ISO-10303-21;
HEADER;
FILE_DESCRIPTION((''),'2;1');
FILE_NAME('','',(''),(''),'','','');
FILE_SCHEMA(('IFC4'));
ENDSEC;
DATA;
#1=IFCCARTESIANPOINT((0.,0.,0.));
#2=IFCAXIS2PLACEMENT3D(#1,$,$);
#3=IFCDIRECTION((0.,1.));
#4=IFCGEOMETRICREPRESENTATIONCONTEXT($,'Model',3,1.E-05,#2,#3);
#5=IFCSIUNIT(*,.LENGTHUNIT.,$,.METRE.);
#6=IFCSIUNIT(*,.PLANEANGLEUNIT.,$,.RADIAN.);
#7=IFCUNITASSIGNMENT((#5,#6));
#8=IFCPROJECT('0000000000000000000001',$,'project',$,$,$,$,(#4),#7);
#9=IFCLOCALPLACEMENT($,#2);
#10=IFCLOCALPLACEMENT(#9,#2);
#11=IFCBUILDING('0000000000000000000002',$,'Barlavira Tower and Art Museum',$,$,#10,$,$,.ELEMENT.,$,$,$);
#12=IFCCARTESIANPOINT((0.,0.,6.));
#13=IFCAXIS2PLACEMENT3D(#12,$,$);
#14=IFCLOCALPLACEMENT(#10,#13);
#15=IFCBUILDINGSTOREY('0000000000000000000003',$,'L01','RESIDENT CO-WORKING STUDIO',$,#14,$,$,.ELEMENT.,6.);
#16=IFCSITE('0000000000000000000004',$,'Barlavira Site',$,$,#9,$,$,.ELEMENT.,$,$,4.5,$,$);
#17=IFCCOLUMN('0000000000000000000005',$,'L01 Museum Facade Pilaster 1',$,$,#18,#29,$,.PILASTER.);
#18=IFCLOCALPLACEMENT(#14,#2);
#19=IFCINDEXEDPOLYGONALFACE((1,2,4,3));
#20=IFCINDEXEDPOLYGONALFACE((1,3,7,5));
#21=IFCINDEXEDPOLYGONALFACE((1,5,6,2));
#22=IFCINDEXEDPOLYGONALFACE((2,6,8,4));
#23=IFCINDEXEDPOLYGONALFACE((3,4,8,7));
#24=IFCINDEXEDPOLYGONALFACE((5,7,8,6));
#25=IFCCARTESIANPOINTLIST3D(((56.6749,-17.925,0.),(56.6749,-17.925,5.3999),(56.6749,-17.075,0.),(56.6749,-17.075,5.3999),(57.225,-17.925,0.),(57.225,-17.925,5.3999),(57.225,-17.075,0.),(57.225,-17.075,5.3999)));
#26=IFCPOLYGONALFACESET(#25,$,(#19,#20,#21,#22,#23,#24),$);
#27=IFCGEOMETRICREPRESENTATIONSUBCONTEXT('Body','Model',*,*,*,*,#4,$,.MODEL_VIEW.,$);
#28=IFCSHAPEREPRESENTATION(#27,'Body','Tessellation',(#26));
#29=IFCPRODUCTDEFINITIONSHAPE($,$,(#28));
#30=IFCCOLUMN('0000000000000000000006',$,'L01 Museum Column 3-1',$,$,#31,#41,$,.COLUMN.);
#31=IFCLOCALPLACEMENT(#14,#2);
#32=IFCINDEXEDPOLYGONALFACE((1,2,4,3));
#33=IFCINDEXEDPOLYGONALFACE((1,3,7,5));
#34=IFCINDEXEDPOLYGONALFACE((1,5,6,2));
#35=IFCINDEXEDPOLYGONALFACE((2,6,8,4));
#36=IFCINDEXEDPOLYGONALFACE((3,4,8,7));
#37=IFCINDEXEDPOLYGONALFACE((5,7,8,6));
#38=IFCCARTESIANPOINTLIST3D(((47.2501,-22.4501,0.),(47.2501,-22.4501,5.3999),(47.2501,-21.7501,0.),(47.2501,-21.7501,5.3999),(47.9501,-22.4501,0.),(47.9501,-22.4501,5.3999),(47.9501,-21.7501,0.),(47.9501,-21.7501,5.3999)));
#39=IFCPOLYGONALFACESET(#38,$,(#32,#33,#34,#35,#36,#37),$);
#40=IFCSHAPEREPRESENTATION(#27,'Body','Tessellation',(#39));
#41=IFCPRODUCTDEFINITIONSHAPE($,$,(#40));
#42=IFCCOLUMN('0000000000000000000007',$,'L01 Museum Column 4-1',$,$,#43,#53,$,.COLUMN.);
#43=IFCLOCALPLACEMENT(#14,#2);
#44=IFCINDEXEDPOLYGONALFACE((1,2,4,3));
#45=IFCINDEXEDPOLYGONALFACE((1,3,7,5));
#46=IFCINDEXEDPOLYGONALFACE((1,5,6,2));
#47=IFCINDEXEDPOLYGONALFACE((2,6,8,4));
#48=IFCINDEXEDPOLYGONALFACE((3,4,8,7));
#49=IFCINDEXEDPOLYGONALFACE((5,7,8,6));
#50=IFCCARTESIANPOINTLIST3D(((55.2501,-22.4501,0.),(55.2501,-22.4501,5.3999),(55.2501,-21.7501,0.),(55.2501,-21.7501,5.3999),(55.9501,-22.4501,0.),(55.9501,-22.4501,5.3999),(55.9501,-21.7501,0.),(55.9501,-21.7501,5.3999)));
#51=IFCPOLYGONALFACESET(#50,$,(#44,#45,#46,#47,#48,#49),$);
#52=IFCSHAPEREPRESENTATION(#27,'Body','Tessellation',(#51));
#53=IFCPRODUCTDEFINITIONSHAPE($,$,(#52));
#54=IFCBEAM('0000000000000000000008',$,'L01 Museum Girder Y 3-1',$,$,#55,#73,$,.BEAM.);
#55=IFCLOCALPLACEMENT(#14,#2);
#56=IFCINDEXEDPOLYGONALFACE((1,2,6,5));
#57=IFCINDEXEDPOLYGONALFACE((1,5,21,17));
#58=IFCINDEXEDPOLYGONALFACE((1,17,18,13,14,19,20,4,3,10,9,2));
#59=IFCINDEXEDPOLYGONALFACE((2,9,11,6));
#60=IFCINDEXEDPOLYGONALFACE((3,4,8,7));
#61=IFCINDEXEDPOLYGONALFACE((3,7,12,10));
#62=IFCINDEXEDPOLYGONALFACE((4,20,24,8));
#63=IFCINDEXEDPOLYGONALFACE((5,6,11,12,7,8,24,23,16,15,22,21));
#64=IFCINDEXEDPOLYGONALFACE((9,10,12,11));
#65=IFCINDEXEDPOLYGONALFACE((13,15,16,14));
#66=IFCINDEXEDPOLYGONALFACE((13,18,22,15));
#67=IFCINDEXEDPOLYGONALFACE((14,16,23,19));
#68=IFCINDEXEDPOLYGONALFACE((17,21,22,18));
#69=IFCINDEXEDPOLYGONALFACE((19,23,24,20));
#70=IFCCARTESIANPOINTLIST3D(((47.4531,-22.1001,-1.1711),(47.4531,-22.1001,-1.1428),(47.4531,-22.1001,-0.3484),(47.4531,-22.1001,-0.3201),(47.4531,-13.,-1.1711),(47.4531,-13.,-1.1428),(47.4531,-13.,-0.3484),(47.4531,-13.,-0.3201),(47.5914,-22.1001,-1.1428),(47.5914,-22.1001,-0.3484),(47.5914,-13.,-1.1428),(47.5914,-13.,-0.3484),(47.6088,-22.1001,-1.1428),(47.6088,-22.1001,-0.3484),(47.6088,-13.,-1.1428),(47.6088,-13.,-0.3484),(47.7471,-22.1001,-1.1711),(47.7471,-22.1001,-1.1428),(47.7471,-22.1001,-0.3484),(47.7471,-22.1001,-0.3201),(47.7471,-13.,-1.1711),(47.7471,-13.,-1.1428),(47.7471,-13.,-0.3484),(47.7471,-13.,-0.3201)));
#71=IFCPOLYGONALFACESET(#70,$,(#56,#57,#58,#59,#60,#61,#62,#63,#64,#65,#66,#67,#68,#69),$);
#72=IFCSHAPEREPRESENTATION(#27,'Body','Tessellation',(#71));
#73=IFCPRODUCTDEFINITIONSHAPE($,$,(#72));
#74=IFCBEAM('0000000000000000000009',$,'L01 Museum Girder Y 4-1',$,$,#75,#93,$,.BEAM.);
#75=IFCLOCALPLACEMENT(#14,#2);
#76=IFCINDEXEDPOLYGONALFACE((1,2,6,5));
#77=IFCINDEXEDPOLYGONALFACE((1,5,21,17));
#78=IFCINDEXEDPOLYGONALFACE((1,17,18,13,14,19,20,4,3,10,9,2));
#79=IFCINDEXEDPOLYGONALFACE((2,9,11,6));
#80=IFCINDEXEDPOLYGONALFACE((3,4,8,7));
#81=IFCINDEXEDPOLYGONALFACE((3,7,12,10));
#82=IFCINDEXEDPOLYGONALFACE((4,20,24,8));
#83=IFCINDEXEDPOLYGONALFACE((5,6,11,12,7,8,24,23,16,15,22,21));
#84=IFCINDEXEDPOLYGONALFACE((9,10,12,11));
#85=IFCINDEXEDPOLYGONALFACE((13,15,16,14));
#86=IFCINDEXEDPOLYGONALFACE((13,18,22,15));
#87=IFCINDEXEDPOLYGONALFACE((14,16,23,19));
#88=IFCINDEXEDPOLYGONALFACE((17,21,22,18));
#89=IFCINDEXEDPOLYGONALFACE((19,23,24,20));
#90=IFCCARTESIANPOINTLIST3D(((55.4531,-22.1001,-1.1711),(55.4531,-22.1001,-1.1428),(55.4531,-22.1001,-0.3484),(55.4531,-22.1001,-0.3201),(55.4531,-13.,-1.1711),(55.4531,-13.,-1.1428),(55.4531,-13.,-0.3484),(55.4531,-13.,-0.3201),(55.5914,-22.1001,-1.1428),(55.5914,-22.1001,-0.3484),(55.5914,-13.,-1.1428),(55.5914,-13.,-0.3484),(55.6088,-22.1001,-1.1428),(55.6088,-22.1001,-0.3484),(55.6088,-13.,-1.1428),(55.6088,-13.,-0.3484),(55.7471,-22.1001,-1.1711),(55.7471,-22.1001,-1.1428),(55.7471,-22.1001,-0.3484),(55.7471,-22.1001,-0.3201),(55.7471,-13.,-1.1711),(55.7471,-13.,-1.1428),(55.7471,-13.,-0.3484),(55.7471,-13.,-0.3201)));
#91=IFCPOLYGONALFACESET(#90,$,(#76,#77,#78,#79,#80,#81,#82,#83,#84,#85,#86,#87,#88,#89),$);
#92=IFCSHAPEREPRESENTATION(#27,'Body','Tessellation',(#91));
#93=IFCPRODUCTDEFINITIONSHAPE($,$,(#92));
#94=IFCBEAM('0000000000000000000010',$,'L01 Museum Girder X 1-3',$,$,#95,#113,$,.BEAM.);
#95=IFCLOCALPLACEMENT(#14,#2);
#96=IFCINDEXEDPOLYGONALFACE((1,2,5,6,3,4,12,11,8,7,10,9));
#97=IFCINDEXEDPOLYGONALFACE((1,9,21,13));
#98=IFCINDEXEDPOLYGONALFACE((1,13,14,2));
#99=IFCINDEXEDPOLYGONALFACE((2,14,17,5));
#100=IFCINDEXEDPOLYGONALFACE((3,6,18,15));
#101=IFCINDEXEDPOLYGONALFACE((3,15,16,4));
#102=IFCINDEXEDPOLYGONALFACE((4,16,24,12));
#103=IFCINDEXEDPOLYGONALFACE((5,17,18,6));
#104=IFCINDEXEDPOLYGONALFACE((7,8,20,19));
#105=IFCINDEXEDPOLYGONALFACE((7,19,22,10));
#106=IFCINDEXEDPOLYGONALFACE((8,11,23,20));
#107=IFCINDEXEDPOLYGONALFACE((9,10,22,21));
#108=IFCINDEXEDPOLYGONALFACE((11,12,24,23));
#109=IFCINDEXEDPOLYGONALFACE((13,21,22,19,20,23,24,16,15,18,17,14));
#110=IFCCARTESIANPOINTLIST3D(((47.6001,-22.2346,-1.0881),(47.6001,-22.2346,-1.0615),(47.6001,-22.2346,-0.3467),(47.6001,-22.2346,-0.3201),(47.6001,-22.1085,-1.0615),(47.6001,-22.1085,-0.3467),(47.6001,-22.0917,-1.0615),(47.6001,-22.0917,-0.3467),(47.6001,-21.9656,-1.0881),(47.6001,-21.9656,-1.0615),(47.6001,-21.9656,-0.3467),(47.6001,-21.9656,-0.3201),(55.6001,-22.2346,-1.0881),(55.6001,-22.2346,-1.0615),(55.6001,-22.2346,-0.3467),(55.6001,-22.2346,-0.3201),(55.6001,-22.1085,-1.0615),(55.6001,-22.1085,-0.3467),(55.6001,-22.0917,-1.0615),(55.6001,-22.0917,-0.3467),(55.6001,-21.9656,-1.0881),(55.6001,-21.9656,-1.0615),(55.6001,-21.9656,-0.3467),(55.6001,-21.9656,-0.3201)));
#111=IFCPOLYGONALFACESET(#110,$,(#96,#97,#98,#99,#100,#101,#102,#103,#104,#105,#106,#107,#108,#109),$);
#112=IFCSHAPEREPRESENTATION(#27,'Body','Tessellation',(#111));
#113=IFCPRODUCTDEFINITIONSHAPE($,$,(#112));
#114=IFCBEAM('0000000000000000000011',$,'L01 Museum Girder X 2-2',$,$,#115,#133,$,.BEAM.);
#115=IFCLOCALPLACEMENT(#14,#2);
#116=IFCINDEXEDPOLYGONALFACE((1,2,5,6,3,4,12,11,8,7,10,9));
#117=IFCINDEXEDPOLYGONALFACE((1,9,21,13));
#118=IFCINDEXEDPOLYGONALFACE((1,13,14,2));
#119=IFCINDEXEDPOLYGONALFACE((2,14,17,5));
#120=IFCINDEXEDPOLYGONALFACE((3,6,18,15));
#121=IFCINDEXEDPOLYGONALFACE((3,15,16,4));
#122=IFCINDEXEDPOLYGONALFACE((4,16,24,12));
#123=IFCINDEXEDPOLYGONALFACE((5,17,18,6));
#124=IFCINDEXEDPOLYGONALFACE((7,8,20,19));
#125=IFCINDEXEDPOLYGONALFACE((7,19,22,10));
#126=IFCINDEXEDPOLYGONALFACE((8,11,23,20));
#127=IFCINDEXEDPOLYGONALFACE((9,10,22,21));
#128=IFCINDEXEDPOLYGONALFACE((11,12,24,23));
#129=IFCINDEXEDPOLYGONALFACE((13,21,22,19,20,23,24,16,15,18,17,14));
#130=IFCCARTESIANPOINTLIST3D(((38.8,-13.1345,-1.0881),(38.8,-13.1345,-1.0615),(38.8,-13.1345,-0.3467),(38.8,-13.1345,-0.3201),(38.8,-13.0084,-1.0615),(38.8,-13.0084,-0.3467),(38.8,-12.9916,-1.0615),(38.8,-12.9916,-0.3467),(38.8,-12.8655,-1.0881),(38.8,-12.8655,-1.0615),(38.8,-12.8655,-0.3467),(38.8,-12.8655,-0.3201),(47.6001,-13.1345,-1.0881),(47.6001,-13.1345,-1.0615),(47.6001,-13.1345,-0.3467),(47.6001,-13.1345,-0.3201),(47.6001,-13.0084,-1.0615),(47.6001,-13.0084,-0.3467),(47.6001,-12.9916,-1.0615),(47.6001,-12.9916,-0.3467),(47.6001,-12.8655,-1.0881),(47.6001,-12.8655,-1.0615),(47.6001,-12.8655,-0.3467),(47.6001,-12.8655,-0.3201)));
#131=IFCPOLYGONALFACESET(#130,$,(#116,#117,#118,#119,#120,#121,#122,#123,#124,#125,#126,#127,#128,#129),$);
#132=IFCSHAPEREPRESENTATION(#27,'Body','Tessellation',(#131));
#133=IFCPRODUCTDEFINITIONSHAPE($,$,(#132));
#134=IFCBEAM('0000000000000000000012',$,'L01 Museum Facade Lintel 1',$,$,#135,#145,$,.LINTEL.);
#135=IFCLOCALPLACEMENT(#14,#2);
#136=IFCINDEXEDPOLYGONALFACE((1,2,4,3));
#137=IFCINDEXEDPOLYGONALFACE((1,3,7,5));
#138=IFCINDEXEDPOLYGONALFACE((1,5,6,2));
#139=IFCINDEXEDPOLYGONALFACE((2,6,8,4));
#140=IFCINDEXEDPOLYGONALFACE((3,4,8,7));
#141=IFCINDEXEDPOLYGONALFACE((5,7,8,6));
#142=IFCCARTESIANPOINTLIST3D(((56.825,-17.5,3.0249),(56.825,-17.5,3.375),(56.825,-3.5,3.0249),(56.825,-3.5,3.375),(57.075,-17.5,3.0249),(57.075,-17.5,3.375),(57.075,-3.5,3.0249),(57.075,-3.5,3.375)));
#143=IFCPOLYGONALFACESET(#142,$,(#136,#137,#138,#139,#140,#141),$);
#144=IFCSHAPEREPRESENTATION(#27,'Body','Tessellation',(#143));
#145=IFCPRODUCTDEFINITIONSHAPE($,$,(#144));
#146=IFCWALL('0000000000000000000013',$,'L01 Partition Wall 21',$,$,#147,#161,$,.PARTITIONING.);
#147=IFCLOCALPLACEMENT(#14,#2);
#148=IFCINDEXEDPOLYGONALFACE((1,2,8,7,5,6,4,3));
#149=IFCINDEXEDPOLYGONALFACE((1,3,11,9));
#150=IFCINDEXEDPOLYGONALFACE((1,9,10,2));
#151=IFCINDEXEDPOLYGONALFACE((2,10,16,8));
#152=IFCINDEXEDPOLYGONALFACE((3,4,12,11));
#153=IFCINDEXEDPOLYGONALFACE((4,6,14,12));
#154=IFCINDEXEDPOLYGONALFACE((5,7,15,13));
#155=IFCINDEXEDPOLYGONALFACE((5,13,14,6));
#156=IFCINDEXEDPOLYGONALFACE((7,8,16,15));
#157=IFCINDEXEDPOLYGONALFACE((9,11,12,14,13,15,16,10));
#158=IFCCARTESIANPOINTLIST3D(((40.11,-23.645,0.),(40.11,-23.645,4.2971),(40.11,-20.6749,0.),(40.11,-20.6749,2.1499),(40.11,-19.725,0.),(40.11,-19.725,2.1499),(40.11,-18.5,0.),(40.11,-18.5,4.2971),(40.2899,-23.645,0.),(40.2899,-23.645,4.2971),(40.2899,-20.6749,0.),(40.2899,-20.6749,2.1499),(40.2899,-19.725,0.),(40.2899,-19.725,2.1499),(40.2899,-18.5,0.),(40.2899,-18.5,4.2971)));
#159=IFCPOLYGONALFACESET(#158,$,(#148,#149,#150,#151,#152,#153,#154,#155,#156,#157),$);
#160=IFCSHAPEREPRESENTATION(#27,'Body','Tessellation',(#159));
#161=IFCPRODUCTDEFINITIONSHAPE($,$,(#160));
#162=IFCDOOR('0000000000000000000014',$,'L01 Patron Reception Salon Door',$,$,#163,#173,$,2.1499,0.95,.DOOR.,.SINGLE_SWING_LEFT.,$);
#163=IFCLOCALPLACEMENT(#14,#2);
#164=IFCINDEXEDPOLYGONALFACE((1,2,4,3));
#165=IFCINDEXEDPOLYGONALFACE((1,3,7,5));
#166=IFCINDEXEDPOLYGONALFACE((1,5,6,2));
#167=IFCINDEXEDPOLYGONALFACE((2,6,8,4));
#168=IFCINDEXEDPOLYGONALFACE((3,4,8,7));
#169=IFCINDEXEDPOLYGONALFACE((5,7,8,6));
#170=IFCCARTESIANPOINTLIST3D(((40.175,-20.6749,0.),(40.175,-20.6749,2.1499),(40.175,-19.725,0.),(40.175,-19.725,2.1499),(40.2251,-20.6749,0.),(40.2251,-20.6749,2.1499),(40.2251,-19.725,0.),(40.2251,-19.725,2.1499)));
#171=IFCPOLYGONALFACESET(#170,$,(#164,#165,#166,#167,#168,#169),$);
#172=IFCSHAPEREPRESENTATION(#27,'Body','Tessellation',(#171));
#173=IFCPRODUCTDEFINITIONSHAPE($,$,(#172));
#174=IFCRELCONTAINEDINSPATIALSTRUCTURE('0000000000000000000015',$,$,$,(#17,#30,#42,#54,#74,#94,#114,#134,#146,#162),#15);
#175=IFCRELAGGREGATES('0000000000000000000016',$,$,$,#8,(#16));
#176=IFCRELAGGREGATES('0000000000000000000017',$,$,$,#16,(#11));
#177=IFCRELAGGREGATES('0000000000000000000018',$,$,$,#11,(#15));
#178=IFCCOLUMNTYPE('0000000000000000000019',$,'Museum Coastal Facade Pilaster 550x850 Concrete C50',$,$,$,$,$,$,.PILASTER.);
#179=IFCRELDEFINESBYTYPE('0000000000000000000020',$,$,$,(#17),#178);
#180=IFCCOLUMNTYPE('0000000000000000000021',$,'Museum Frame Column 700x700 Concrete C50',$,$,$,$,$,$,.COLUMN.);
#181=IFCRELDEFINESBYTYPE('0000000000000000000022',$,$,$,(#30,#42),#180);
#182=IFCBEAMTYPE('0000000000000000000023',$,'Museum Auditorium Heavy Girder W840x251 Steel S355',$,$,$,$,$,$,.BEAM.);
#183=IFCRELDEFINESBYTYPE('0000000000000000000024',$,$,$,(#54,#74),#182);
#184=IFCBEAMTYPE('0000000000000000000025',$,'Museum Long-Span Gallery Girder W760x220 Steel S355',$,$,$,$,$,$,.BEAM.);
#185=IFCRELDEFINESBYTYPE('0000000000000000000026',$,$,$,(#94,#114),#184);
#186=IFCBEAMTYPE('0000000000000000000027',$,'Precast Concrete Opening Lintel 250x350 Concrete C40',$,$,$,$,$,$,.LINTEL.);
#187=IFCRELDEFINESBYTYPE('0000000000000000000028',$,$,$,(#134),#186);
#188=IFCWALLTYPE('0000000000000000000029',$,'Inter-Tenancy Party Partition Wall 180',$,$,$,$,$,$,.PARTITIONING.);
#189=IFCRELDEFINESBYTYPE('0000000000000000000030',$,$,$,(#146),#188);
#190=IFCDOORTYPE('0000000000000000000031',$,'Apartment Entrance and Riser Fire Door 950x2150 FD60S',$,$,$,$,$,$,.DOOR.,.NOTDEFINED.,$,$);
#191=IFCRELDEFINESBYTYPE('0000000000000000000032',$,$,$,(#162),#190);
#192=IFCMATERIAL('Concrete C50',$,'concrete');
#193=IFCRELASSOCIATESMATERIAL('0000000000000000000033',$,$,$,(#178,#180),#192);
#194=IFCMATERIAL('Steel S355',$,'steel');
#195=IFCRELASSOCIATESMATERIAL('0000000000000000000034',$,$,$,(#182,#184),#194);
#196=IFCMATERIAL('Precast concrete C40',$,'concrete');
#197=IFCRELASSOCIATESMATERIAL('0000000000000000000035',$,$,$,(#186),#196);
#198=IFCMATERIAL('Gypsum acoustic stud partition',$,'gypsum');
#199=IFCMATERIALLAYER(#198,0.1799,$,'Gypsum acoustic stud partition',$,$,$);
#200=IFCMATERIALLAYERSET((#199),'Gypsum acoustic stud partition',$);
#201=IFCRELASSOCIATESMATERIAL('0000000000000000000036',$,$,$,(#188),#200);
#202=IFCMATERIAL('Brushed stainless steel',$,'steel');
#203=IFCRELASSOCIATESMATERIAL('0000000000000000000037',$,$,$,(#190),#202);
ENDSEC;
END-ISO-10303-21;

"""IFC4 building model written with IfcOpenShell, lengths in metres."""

from ifc_helpers import new_model, si_unit, direction, frame, frame_2d, origin, origin_2d, place, context, subcontext, project, spatial, rectangle, i_section, extrude, material, layer, layer_set, material_profile, profile_set, type_object, element, fill, save


model = new_model("IFC4")

# Units and contexts
model_context = context("Model", 3, precision=1e-05, world=origin(), true_north=direction((0.0, 1.0)))
body_context = subcontext(model_context, "Body", "Model", "MODEL_VIEW")
ifc_project = project(units=[si_unit("LENGTHUNIT", "METRE"), si_unit("PLANEANGLEUNIT", "RADIAN")], contexts=[model_context])

# Site, building, storey
site_placement = place(None, origin())
site = spatial("IfcSite", under=ifc_project, at=site_placement, Name="Barlavira Site", CompositionType="ELEMENT", RefElevation=4.5)
building_placement = place(site_placement, origin())
building = spatial("IfcBuilding", under=site, at=building_placement, Name="Barlavira Tower and Art Museum", CompositionType="ELEMENT")
storey_placement = place(building_placement, frame((0.0, 0.0, 6.0)))
storey = spatial("IfcBuildingStorey", under=building, at=storey_placement, Name="L01", Description="RESIDENT CO-WORKING STUDIO", CompositionType="ELEMENT", Elevation=6.0)

# Columns
ifc_material_1 = material(Name="Concrete C50", Category="concrete")
ifc_material_profile_1 = material_profile(ifc_material_1, rectangle(XDim=0.55, YDim=0.8501, at=origin_2d()), Name="RC-PIL 550x850")
ifc_profile_set_1 = profile_set([ifc_material_profile_1], Name="Concrete C50")
column_type_1 = type_object("IfcColumnType", Name="Museum Coastal Facade Pilaster 550x850 Concrete C50", PredefinedType="PILASTER", material=ifc_profile_set_1)
column_placement = place(storey_placement, frame((56.95, -17.5, 0.0), z_axis=(0.0, 0.0, 1.0), x_axis=(1.0, 0.0, 0.0)))
element("IfcColumn", 1, at=column_placement, inside=storey, type_object=column_type_1, Name="L01 Museum Facade Pilaster 1", PredefinedType="PILASTER", context=body_context, shape_type="SweptSolid", body=[
    extrude(rectangle(XDim=0.55, YDim=0.8501, at=origin_2d()), origin(), (0.0, 0.0, 1.0), 5.3999),
])
ifc_material_profile_2 = material_profile(ifc_material_1, rectangle(XDim=0.7, YDim=0.7, at=origin_2d()), Name="RC-COL 700x700")
ifc_profile_set_2 = profile_set([ifc_material_profile_2], Name="Concrete C50")
column_type_2 = type_object("IfcColumnType", Name="Museum Frame Column 700x700 Concrete C50", PredefinedType="COLUMN", material=ifc_profile_set_2)
for number, where, z_axis, x_axis, name in (
    (2, (47.6001, -22.1001, 0.0), (0.0, 0.0, 1.0), (1.0, 0.0, 0.0), "L01 Museum Column 3-1"),
    (3, (55.6001, -22.1001, 0.0), (0.0, 0.0, 1.0), (1.0, 0.0, 0.0), "L01 Museum Column 4-1"),
):
    element("IfcColumn", number, at=place(storey_placement, frame(where, z_axis=z_axis, x_axis=x_axis)), inside=storey, type_object=column_type_2, Name=name, PredefinedType="COLUMN", context=body_context, shape_type="SweptSolid", body=[
        extrude(rectangle(XDim=0.7, YDim=0.7, at=origin_2d()), origin(), (0.0, 0.0, 1.0), 5.3999),
    ])

# Beams
ifc_material_2 = material(Name="Steel S355", Category="steel")
ifc_material_profile_3 = material_profile(ifc_material_2, i_section(OverallWidth=0.2939, OverallDepth=0.8511, WebThickness=0.0173, FlangeThickness=0.0283, at=origin_2d()), Name="W840x251.0")
ifc_profile_set_3 = profile_set([ifc_material_profile_3], Name="Steel S355")
beam_type_1 = type_object("IfcBeamType", Name="Museum Auditorium Heavy Girder W840x251 Steel S355", PredefinedType="BEAM", material=ifc_profile_set_3)
for number, where, z_axis, x_axis, name in (
    (4, (47.6001, -22.1001, -0.7456), (0.0, 1.0, 0.0), (-1.0, 0.0, 0.0), "L01 Museum Girder Y 3-1"),
    (5, (55.6001, -22.1001, -0.7456), (0.0, 1.0, 0.0), (-1.0, 0.0, 0.0), "L01 Museum Girder Y 4-1"),
):
    element("IfcBeam", number, at=place(storey_placement, frame(where, z_axis=z_axis, x_axis=x_axis)), inside=storey, type_object=beam_type_1, Name=name, PredefinedType="BEAM", context=body_context, shape_type="SweptSolid", body=[
        extrude(i_section(OverallWidth=0.2939, OverallDepth=0.8511, WebThickness=0.0173, FlangeThickness=0.0283, at=origin_2d()), origin(), (0.0, 0.0, 1.0), 9.1001),
    ])
ifc_material_profile_4 = material_profile(ifc_material_2, i_section(OverallWidth=0.269, OverallDepth=0.7681, WebThickness=0.0168, FlangeThickness=0.0266, at=origin_2d()), Name="W760x220.0")
ifc_profile_set_4 = profile_set([ifc_material_profile_4], Name="Steel S355")
beam_type_2 = type_object("IfcBeamType", Name="Museum Long-Span Gallery Girder W760x220 Steel S355", PredefinedType="BEAM", material=ifc_profile_set_4)
beam_1_placement = place(storey_placement, frame((47.6001, -22.1001, -0.7041), z_axis=(1.0, 0.0, 0.0), x_axis=(0.0, 1.0, 0.0)))
element("IfcBeam", 6, at=beam_1_placement, inside=storey, type_object=beam_type_2, Name="L01 Museum Girder X 1-3", PredefinedType="BEAM", context=body_context, shape_type="SweptSolid", body=[
    extrude(i_section(OverallWidth=0.269, OverallDepth=0.7681, WebThickness=0.0168, FlangeThickness=0.0266, at=origin_2d()), origin(), (0.0, 0.0, 1.0), 8.0),
])
beam_2_placement = place(storey_placement, frame((38.8, -13.0, -0.7041), z_axis=(1.0, 0.0, 0.0), x_axis=(0.0, 1.0, 0.0)))
element("IfcBeam", 7, at=beam_2_placement, inside=storey, type_object=beam_type_2, Name="L01 Museum Girder X 2-2", PredefinedType="BEAM", context=body_context, shape_type="SweptSolid", body=[
    extrude(i_section(OverallWidth=0.269, OverallDepth=0.7681, WebThickness=0.0168, FlangeThickness=0.0266, at=origin_2d()), origin(), (0.0, 0.0, 1.0), 8.8),
])
ifc_material_3 = material(Name="Precast concrete C40", Category="concrete")
ifc_material_profile_5 = material_profile(ifc_material_3, rectangle(XDim=0.25, YDim=0.3501, at=origin_2d()), Name="RC-LNT 250x350")
ifc_profile_set_5 = profile_set([ifc_material_profile_5], Name="Precast concrete C40")
beam_type_3 = type_object("IfcBeamType", Name="Precast Concrete Opening Lintel 250x350 Concrete C40", PredefinedType="LINTEL", material=ifc_profile_set_5)
beam_3_placement = place(storey_placement, frame((56.95, -17.5, 3.2), z_axis=(0.0, 1.0, 0.0), x_axis=(-1.0, 0.0, 0.0)))
element("IfcBeam", 8, at=beam_3_placement, inside=storey, type_object=beam_type_3, Name="L01 Museum Facade Lintel 1", PredefinedType="LINTEL", context=body_context, shape_type="SweptSolid", body=[
    extrude(rectangle(XDim=0.25, YDim=0.3501, at=origin_2d()), origin(), (0.0, 0.0, 1.0), 14.0),
])

# Wall, opening, door
ifc_material_4 = material(Name="Gypsum acoustic stud partition", Category="gypsum")
ifc_layer_1 = layer(ifc_material_4, 0.1799, Name="Gypsum acoustic stud partition")
ifc_layer_set_1 = layer_set([ifc_layer_1], Name="Gypsum acoustic stud partition")
wall_type_1 = type_object("IfcWallType", Name="Inter-Tenancy Party Partition Wall 180", PredefinedType="PARTITIONING", material=ifc_layer_set_1)
wall_1_placement = place(storey_placement, frame((40.2, -23.645, 0.0), z_axis=(0.0, 0.0, 1.0), x_axis=(0.0, 1.0, 0.0)))
wall_1 = element("IfcWall", 9, at=wall_1_placement, inside=storey, type_object=wall_type_1, Name="L01 Partition Wall 21", PredefinedType="PARTITIONING", context=body_context, shape_type="SweptSolid", body=[
    extrude(rectangle(XDim=5.145, YDim=0.1799, at=frame_2d((2.5725, 0.0))), origin(), (0.0, 0.0, 1.0), 4.2971),
])
opening_1_placement = place(wall_1_placement, frame((2.97, 0.0, 0.0)))
opening_1 = element("IfcOpeningElement", 10, at=opening_1_placement, cuts=wall_1, PredefinedType="OPENING", context=body_context, shape_type="SweptSolid", body=[
    extrude(rectangle(XDim=0.95, YDim=2.1499, at=frame_2d((0.4751, 1.075))), frame((0.0, 0.1001, 0.0), z_axis=(0.0, -1.0, 0.0), x_axis=(1.0, 0.0, 0.0)), (0.0, 0.0, 1.0), 0.2),
])
ifc_material_5 = material(Name="Brushed stainless steel", Category="steel")
door_type = type_object("IfcDoorType", Name="Apartment Entrance and Riser Fire Door 950x2150 FD60S", OperationType="NOTDEFINED", PredefinedType="DOOR", material=ifc_material_5)
door_placement = place(opening_1_placement, origin())
door = element("IfcDoor", 11, at=door_placement, inside=storey, type_object=door_type, Name="L01 Patron Reception Salon Door", OperationType="SINGLE_SWING_LEFT", OverallHeight=2.1499, OverallWidth=0.95, PredefinedType="DOOR", context=body_context, shape_type="SweptSolid", body=[
    extrude(rectangle(XDim=0.95, YDim=2.1499, at=frame_2d((0.4751, 1.075))), frame((0.0, 0.0249, 0.0), z_axis=(0.0, -1.0, 0.0), x_axis=(1.0, 0.0, 0.0)), (0.0, 0.0, 1.0), 0.05),
])
fill(opening_1, door)

save(model, "model.ifc")
